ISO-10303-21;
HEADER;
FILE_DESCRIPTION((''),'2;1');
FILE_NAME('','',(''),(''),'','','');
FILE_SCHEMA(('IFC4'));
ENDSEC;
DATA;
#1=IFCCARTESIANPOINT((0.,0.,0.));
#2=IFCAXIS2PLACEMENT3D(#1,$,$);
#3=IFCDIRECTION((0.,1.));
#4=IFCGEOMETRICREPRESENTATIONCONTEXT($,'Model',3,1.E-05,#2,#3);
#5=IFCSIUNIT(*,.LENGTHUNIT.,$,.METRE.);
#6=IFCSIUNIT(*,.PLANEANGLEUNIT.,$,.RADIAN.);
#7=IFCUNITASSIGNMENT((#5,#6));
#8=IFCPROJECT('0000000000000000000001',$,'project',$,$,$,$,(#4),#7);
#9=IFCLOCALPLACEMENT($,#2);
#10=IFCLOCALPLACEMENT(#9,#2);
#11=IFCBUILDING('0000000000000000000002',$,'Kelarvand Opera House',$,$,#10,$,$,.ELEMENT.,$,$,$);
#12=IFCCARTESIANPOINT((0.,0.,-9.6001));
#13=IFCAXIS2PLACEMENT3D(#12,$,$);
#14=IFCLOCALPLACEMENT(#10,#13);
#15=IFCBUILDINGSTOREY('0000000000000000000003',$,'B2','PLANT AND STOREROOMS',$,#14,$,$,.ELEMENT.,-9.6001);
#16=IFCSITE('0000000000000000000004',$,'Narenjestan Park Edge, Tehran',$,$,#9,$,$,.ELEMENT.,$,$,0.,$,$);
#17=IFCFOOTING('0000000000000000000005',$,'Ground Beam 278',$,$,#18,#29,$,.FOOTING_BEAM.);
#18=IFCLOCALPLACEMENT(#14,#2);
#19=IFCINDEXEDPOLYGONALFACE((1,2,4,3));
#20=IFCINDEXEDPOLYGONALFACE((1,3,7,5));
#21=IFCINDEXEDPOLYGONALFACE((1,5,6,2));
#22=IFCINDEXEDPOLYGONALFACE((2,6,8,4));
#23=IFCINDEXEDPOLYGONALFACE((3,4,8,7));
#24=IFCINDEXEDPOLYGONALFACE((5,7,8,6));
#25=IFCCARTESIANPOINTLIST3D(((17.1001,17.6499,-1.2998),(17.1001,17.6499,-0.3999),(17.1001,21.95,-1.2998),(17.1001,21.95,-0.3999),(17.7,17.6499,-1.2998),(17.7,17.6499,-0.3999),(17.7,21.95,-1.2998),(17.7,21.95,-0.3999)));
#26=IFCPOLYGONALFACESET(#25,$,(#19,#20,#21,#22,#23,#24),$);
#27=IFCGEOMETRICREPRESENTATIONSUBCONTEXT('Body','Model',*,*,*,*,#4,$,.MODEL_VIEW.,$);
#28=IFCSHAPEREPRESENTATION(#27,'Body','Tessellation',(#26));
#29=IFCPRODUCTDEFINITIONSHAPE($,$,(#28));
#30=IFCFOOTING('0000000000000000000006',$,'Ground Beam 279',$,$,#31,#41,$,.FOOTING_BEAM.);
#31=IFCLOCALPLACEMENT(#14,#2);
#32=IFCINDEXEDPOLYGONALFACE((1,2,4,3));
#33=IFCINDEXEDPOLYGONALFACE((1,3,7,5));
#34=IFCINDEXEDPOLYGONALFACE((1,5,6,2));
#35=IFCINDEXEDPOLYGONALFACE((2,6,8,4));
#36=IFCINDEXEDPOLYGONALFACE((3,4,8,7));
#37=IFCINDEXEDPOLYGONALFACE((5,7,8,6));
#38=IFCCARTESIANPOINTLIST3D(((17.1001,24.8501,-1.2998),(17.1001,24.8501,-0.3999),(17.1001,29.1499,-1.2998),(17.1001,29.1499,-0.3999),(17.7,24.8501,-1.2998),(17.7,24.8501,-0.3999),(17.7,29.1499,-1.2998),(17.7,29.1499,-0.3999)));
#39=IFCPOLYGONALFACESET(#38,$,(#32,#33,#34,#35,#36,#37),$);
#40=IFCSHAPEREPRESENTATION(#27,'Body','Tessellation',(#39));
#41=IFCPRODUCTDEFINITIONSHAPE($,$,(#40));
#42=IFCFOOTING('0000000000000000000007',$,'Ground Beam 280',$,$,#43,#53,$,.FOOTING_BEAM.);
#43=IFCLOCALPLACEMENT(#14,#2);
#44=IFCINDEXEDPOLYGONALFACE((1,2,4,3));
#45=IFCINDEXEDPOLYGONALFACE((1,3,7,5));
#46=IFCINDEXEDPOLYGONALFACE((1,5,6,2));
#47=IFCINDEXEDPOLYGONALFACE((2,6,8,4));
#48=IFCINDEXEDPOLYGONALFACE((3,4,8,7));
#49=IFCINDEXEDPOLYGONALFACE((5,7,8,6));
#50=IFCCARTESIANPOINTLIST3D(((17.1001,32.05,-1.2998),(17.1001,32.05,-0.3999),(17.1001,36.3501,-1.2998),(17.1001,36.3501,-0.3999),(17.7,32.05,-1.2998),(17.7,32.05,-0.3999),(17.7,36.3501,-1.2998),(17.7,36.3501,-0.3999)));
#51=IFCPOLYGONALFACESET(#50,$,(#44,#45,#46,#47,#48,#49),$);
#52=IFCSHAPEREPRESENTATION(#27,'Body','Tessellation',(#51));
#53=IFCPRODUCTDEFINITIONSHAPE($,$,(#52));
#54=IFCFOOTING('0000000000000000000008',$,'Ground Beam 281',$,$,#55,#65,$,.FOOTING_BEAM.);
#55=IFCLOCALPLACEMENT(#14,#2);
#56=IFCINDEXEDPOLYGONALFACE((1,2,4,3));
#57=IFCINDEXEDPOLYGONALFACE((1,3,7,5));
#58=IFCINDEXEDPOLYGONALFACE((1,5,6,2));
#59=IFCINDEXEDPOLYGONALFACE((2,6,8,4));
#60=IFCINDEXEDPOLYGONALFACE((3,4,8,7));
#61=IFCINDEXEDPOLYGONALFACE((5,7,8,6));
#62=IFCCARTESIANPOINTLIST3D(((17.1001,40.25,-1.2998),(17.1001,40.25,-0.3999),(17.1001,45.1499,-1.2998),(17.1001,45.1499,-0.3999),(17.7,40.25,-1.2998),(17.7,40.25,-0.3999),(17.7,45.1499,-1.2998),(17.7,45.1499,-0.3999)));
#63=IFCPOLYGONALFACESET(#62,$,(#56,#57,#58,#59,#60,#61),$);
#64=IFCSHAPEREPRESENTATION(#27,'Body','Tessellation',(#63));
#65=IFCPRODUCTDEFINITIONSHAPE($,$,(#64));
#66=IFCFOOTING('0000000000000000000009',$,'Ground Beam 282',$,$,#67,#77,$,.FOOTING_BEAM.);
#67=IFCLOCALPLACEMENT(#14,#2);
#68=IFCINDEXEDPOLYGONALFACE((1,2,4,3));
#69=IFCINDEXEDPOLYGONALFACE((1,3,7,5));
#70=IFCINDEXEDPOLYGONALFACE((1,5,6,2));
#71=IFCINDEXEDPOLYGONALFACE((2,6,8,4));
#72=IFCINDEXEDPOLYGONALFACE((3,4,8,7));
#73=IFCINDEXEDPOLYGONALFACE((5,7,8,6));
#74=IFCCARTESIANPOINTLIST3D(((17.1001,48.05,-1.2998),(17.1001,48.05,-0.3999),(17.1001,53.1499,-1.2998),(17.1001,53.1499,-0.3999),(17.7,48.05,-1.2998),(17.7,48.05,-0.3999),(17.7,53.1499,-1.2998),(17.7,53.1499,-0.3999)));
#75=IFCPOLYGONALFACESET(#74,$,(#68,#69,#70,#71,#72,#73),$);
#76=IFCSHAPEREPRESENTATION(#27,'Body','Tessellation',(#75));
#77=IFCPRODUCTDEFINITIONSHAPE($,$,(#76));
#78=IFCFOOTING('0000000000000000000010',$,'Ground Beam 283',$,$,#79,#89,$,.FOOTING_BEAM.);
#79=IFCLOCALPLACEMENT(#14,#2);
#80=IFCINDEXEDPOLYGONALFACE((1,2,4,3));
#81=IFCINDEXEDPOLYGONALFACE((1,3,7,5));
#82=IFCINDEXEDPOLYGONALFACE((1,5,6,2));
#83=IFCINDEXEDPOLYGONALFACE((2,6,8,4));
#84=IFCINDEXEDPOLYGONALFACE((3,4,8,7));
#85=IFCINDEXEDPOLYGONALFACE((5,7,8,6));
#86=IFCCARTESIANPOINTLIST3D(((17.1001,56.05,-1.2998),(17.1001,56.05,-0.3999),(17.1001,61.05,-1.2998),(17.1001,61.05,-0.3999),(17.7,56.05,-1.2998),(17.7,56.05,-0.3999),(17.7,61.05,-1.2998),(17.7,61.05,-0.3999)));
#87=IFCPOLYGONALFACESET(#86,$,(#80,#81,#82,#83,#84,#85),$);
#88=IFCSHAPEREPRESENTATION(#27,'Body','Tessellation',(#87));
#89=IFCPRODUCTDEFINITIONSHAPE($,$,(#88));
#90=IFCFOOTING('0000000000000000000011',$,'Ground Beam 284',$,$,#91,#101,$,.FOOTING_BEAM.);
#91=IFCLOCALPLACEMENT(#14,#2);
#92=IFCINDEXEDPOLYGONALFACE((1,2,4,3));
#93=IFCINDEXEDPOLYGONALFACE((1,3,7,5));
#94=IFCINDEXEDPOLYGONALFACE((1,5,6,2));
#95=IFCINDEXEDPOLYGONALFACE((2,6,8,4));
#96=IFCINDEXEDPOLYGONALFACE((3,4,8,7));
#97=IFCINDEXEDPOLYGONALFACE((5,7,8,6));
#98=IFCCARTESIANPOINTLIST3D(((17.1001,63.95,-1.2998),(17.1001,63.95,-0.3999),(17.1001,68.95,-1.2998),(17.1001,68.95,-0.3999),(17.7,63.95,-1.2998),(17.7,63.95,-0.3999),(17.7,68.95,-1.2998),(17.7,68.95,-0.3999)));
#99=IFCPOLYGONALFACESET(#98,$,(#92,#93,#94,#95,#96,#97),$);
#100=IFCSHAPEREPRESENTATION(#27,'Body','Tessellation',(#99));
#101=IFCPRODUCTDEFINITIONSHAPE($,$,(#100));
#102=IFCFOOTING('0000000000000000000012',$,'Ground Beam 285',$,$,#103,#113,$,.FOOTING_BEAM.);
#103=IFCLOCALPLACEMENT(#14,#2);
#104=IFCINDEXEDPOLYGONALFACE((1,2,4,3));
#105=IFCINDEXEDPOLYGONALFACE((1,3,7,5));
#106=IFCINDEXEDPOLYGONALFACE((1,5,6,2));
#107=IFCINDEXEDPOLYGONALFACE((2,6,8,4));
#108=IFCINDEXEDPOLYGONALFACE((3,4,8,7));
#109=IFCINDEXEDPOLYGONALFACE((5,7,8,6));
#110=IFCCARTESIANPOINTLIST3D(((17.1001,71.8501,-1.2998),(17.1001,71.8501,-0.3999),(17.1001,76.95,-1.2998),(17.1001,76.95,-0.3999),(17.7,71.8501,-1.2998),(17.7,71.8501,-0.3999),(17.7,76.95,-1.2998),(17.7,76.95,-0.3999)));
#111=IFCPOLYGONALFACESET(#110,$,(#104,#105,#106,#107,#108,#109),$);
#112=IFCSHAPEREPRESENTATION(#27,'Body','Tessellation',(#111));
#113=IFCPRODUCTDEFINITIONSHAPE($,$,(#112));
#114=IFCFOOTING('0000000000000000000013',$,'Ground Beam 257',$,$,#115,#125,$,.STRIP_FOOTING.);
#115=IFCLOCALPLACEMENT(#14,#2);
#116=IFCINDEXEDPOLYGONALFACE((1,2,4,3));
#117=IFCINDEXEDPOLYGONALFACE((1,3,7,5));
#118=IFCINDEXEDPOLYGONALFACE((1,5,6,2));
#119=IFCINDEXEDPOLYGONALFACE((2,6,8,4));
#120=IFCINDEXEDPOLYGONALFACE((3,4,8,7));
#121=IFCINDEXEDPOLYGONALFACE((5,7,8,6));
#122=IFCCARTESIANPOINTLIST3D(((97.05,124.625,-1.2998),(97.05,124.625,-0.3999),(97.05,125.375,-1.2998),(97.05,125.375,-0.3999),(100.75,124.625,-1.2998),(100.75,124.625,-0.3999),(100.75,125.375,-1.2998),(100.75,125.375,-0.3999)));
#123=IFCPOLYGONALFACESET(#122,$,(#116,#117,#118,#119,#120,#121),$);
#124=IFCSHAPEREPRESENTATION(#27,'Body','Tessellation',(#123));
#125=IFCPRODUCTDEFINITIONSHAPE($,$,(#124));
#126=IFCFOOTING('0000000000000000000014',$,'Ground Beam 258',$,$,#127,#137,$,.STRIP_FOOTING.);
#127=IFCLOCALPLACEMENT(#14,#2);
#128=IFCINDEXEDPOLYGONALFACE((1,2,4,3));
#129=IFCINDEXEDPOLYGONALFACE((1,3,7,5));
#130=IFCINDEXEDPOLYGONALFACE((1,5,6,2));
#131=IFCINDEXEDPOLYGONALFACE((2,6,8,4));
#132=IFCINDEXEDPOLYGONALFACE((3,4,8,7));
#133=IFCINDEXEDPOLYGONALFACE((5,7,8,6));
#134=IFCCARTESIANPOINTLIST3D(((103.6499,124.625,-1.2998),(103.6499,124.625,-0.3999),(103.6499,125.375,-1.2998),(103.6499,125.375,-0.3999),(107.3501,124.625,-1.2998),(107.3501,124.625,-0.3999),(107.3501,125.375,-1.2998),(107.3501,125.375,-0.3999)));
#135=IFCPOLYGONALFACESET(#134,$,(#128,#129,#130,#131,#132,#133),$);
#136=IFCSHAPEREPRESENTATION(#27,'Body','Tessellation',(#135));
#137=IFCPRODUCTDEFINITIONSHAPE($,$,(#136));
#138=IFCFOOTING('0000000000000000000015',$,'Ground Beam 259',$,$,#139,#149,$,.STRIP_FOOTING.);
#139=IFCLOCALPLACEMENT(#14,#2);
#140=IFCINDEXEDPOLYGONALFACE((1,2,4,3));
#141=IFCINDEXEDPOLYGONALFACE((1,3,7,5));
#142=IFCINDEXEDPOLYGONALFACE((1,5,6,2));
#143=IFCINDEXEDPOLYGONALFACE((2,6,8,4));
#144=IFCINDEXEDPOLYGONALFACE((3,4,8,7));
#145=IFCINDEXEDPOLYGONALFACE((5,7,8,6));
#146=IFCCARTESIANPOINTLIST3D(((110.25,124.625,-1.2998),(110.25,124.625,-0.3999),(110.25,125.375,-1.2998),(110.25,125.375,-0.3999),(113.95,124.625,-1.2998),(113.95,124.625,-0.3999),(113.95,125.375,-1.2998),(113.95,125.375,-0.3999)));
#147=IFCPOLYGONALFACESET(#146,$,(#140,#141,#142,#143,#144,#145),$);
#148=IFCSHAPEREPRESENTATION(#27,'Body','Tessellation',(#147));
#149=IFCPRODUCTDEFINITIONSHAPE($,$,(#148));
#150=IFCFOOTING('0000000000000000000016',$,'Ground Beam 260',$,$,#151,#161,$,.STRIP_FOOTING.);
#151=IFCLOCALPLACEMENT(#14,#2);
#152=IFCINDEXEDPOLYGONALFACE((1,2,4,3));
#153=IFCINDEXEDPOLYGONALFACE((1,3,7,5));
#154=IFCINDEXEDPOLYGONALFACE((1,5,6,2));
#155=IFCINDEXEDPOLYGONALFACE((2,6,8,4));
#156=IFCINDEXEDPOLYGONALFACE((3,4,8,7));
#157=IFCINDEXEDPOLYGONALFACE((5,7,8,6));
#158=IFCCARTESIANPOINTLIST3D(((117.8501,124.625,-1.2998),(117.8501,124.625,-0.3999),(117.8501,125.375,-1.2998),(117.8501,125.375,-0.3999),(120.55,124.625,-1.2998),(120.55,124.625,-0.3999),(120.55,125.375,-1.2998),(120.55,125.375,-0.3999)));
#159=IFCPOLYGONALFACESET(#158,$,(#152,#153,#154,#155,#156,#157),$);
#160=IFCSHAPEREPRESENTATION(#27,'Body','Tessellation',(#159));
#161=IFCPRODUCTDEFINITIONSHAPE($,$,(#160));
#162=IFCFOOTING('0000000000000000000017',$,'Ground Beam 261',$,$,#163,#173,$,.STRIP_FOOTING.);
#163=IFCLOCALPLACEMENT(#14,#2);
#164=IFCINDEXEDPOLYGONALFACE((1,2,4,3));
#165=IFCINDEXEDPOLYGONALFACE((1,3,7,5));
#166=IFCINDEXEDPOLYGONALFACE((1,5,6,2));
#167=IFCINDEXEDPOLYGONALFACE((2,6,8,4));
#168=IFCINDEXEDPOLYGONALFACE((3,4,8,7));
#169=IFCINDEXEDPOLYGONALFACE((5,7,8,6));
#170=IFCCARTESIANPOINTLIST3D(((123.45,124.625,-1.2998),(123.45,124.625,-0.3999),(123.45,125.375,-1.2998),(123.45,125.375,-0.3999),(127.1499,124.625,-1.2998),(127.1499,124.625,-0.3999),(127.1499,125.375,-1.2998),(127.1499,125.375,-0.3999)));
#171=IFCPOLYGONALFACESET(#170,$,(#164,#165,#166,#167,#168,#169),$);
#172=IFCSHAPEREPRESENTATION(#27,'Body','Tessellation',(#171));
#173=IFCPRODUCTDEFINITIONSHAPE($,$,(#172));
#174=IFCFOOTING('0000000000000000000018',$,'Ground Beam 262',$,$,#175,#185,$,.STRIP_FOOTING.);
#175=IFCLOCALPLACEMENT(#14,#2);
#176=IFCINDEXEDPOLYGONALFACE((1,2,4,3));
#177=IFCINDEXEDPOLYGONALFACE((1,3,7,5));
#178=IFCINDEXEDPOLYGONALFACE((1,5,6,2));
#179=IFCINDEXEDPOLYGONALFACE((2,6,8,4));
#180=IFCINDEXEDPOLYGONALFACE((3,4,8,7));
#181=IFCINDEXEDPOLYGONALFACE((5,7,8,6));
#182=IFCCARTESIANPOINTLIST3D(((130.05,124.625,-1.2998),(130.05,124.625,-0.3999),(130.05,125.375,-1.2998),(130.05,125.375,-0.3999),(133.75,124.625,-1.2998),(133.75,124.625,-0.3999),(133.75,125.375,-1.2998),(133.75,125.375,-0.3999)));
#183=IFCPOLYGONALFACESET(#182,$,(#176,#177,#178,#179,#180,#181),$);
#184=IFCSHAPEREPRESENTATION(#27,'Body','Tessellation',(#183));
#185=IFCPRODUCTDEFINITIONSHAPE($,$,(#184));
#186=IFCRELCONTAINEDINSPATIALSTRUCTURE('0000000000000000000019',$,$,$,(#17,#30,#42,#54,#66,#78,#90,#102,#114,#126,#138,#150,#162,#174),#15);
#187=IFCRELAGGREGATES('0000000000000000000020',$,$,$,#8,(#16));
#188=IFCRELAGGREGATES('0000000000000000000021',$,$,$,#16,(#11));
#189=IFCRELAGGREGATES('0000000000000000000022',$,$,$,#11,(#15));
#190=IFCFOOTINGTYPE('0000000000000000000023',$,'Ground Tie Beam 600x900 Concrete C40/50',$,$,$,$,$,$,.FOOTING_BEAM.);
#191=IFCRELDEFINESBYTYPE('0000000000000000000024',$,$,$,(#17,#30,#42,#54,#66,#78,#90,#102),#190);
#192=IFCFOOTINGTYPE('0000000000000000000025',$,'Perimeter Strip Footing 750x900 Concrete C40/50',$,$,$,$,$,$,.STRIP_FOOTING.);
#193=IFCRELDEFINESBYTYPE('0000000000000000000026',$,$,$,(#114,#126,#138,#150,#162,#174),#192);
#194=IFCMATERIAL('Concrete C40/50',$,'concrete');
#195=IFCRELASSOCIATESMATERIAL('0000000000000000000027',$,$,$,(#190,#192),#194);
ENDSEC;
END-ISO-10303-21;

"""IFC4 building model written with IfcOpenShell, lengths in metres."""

from ifc_helpers import new_model, si_unit, direction, frame, origin, place, context, subcontext, project, spatial, polyline, outline, extrude, material, type_object, element, save


model = new_model("IFC4")

# Units and contexts
model_context = context("Model", 3, precision=1e-05, world=origin(), true_north=direction((0.0, 1.0)))
body_context = subcontext(model_context, "Body", "Model", "MODEL_VIEW")
ifc_project = project(units=[si_unit("LENGTHUNIT", "METRE"), si_unit("PLANEANGLEUNIT", "RADIAN")], contexts=[model_context])

# Site, building, storey
site_placement = place(None, origin())
site = spatial("IfcSite", under=ifc_project, at=site_placement, Name="Narenjestan Park Edge, Tehran", CompositionType="ELEMENT", RefElevation=0.0)
building_placement = place(site_placement, origin())
building = spatial("IfcBuilding", under=site, at=building_placement, Name="Kelarvand Opera House", CompositionType="ELEMENT")
storey_placement = place(building_placement, frame((0.0, 0.0, -9.6001)))
storey = spatial("IfcBuildingStorey", under=building, at=storey_placement, Name="B2", Description="PLANT AND STOREROOMS", CompositionType="ELEMENT", Elevation=-9.6001)

# Footings
ifc_material = material(Name="Concrete C40/50", Category="concrete")
footing_type_1 = type_object("IfcFootingType", Name="Ground Tie Beam 600x900 Concrete C40/50", PredefinedType="FOOTING_BEAM", material=ifc_material)
footing_1_placement = place(storey_placement, frame((0.0, 0.0, -1.2998)))
element("IfcFooting", 1, at=footing_1_placement, inside=storey, type_object=footing_type_1, Name="Ground Beam 278", PredefinedType="FOOTING_BEAM", context=body_context, shape_type="SweptSolid", body=[
    extrude(outline(polyline([(17.1001, 17.6499), (17.7, 17.6499), (17.7, 21.95), (17.1001, 21.95), (17.1001, 17.6499)])), origin(), (0.0, 0.0, 1.0), 0.8999),
])
footing_2_placement = place(storey_placement, frame((0.0, 0.0, -1.2998)))
element("IfcFooting", 2, at=footing_2_placement, inside=storey, type_object=footing_type_1, Name="Ground Beam 279", PredefinedType="FOOTING_BEAM", context=body_context, shape_type="SweptSolid", body=[
    extrude(outline(polyline([(17.1001, 24.8501), (17.7, 24.8501), (17.7, 29.1499), (17.1001, 29.1499), (17.1001, 24.8501)])), origin(), (0.0, 0.0, 1.0), 0.8999),
])
footing_3_placement = place(storey_placement, frame((0.0, 0.0, -1.2998)))
element("IfcFooting", 3, at=footing_3_placement, inside=storey, type_object=footing_type_1, Name="Ground Beam 280", PredefinedType="FOOTING_BEAM", context=body_context, shape_type="SweptSolid", body=[
    extrude(outline(polyline([(17.1001, 32.05), (17.7, 32.05), (17.7, 36.3501), (17.1001, 36.3501), (17.1001, 32.05)])), origin(), (0.0, 0.0, 1.0), 0.8999),
])
footing_4_placement = place(storey_placement, frame((0.0, 0.0, -1.2998)))
element("IfcFooting", 4, at=footing_4_placement, inside=storey, type_object=footing_type_1, Name="Ground Beam 281", PredefinedType="FOOTING_BEAM", context=body_context, shape_type="SweptSolid", body=[
    extrude(outline(polyline([(17.1001, 40.25), (17.7, 40.25), (17.7, 45.1499), (17.1001, 45.1499), (17.1001, 40.25)])), origin(), (0.0, 0.0, 1.0), 0.8999),
])
footing_5_placement = place(storey_placement, frame((0.0, 0.0, -1.2998)))
element("IfcFooting", 5, at=footing_5_placement, inside=storey, type_object=footing_type_1, Name="Ground Beam 282", PredefinedType="FOOTING_BEAM", context=body_context, shape_type="SweptSolid", body=[
    extrude(outline(polyline([(17.1001, 48.05), (17.7, 48.05), (17.7, 53.1499), (17.1001, 53.1499), (17.1001, 48.05)])), origin(), (0.0, 0.0, 1.0), 0.8999),
])
footing_6_placement = place(storey_placement, frame((0.0, 0.0, -1.2998)))
element("IfcFooting", 6, at=footing_6_placement, inside=storey, type_object=footing_type_1, Name="Ground Beam 283", PredefinedType="FOOTING_BEAM", context=body_context, shape_type="SweptSolid", body=[
    extrude(outline(polyline([(17.1001, 56.05), (17.7, 56.05), (17.7, 61.05), (17.1001, 61.05), (17.1001, 56.05)])), origin(), (0.0, 0.0, 1.0), 0.8999),
])
footing_7_placement = place(storey_placement, frame((0.0, 0.0, -1.2998)))
element("IfcFooting", 7, at=footing_7_placement, inside=storey, type_object=footing_type_1, Name="Ground Beam 284", PredefinedType="FOOTING_BEAM", context=body_context, shape_type="SweptSolid", body=[
    extrude(outline(polyline([(17.1001, 63.95), (17.7, 63.95), (17.7, 68.95), (17.1001, 68.95), (17.1001, 63.95)])), origin(), (0.0, 0.0, 1.0), 0.8999),
])
footing_8_placement = place(storey_placement, frame((0.0, 0.0, -1.2998)))
element("IfcFooting", 8, at=footing_8_placement, inside=storey, type_object=footing_type_1, Name="Ground Beam 285", PredefinedType="FOOTING_BEAM", context=body_context, shape_type="SweptSolid", body=[
    extrude(outline(polyline([(17.1001, 71.8501), (17.7, 71.8501), (17.7, 76.95), (17.1001, 76.95), (17.1001, 71.8501)])), origin(), (0.0, 0.0, 1.0), 0.8999),
])
footing_type_2 = type_object("IfcFootingType", Name="Perimeter Strip Footing 750x900 Concrete C40/50", PredefinedType="STRIP_FOOTING", material=ifc_material)
footing_9_placement = place(storey_placement, frame((0.0, 0.0, -1.2998)))
element("IfcFooting", 9, at=footing_9_placement, inside=storey, type_object=footing_type_2, Name="Ground Beam 257", PredefinedType="STRIP_FOOTING", context=body_context, shape_type="SweptSolid", body=[
    extrude(outline(polyline([(97.05, 124.625), (100.75, 124.625), (100.75, 125.375), (97.05, 125.375), (97.05, 124.625)])), origin(), (0.0, 0.0, 1.0), 0.8999),
])
footing_10_placement = place(storey_placement, frame((0.0, 0.0, -1.2998)))
element("IfcFooting", 10, at=footing_10_placement, inside=storey, type_object=footing_type_2, Name="Ground Beam 258", PredefinedType="STRIP_FOOTING", context=body_context, shape_type="SweptSolid", body=[
    extrude(outline(polyline([(103.6499, 124.625), (107.3501, 124.625), (107.3501, 125.375), (103.6499, 125.375), (103.6499, 124.625)])), origin(), (0.0, 0.0, 1.0), 0.8999),
])
footing_11_placement = place(storey_placement, frame((0.0, 0.0, -1.2998)))
element("IfcFooting", 11, at=footing_11_placement, inside=storey, type_object=footing_type_2, Name="Ground Beam 259", PredefinedType="STRIP_FOOTING", context=body_context, shape_type="SweptSolid", body=[
    extrude(outline(polyline([(110.25, 124.625), (113.95, 124.625), (113.95, 125.375), (110.25, 125.375), (110.25, 124.625)])), origin(), (0.0, 0.0, 1.0), 0.8999),
])
footing_12_placement = place(storey_placement, frame((0.0, 0.0, -1.2998)))
element("IfcFooting", 12, at=footing_12_placement, inside=storey, type_object=footing_type_2, Name="Ground Beam 260", PredefinedType="STRIP_FOOTING", context=body_context, shape_type="SweptSolid", body=[
    extrude(outline(polyline([(117.8501, 124.625), (120.55, 124.625), (120.55, 125.375), (117.8501, 125.375), (117.8501, 124.625)])), origin(), (0.0, 0.0, 1.0), 0.8999),
])
footing_13_placement = place(storey_placement, frame((0.0, 0.0, -1.2998)))
element("IfcFooting", 13, at=footing_13_placement, inside=storey, type_object=footing_type_2, Name="Ground Beam 261", PredefinedType="STRIP_FOOTING", context=body_context, shape_type="SweptSolid", body=[
    extrude(outline(polyline([(123.45, 124.625), (127.1499, 124.625), (127.1499, 125.375), (123.45, 125.375), (123.45, 124.625)])), origin(), (0.0, 0.0, 1.0), 0.8999),
])
footing_14_placement = place(storey_placement, frame((0.0, 0.0, -1.2998)))
element("IfcFooting", 14, at=footing_14_placement, inside=storey, type_object=footing_type_2, Name="Ground Beam 262", PredefinedType="STRIP_FOOTING", context=body_context, shape_type="SweptSolid", body=[
    extrude(outline(polyline([(130.05, 124.625), (133.75, 124.625), (133.75, 125.375), (130.05, 125.375), (130.05, 124.625)])), origin(), (0.0, 0.0, 1.0), 0.8999),
])

save(model, "model.ifc")
